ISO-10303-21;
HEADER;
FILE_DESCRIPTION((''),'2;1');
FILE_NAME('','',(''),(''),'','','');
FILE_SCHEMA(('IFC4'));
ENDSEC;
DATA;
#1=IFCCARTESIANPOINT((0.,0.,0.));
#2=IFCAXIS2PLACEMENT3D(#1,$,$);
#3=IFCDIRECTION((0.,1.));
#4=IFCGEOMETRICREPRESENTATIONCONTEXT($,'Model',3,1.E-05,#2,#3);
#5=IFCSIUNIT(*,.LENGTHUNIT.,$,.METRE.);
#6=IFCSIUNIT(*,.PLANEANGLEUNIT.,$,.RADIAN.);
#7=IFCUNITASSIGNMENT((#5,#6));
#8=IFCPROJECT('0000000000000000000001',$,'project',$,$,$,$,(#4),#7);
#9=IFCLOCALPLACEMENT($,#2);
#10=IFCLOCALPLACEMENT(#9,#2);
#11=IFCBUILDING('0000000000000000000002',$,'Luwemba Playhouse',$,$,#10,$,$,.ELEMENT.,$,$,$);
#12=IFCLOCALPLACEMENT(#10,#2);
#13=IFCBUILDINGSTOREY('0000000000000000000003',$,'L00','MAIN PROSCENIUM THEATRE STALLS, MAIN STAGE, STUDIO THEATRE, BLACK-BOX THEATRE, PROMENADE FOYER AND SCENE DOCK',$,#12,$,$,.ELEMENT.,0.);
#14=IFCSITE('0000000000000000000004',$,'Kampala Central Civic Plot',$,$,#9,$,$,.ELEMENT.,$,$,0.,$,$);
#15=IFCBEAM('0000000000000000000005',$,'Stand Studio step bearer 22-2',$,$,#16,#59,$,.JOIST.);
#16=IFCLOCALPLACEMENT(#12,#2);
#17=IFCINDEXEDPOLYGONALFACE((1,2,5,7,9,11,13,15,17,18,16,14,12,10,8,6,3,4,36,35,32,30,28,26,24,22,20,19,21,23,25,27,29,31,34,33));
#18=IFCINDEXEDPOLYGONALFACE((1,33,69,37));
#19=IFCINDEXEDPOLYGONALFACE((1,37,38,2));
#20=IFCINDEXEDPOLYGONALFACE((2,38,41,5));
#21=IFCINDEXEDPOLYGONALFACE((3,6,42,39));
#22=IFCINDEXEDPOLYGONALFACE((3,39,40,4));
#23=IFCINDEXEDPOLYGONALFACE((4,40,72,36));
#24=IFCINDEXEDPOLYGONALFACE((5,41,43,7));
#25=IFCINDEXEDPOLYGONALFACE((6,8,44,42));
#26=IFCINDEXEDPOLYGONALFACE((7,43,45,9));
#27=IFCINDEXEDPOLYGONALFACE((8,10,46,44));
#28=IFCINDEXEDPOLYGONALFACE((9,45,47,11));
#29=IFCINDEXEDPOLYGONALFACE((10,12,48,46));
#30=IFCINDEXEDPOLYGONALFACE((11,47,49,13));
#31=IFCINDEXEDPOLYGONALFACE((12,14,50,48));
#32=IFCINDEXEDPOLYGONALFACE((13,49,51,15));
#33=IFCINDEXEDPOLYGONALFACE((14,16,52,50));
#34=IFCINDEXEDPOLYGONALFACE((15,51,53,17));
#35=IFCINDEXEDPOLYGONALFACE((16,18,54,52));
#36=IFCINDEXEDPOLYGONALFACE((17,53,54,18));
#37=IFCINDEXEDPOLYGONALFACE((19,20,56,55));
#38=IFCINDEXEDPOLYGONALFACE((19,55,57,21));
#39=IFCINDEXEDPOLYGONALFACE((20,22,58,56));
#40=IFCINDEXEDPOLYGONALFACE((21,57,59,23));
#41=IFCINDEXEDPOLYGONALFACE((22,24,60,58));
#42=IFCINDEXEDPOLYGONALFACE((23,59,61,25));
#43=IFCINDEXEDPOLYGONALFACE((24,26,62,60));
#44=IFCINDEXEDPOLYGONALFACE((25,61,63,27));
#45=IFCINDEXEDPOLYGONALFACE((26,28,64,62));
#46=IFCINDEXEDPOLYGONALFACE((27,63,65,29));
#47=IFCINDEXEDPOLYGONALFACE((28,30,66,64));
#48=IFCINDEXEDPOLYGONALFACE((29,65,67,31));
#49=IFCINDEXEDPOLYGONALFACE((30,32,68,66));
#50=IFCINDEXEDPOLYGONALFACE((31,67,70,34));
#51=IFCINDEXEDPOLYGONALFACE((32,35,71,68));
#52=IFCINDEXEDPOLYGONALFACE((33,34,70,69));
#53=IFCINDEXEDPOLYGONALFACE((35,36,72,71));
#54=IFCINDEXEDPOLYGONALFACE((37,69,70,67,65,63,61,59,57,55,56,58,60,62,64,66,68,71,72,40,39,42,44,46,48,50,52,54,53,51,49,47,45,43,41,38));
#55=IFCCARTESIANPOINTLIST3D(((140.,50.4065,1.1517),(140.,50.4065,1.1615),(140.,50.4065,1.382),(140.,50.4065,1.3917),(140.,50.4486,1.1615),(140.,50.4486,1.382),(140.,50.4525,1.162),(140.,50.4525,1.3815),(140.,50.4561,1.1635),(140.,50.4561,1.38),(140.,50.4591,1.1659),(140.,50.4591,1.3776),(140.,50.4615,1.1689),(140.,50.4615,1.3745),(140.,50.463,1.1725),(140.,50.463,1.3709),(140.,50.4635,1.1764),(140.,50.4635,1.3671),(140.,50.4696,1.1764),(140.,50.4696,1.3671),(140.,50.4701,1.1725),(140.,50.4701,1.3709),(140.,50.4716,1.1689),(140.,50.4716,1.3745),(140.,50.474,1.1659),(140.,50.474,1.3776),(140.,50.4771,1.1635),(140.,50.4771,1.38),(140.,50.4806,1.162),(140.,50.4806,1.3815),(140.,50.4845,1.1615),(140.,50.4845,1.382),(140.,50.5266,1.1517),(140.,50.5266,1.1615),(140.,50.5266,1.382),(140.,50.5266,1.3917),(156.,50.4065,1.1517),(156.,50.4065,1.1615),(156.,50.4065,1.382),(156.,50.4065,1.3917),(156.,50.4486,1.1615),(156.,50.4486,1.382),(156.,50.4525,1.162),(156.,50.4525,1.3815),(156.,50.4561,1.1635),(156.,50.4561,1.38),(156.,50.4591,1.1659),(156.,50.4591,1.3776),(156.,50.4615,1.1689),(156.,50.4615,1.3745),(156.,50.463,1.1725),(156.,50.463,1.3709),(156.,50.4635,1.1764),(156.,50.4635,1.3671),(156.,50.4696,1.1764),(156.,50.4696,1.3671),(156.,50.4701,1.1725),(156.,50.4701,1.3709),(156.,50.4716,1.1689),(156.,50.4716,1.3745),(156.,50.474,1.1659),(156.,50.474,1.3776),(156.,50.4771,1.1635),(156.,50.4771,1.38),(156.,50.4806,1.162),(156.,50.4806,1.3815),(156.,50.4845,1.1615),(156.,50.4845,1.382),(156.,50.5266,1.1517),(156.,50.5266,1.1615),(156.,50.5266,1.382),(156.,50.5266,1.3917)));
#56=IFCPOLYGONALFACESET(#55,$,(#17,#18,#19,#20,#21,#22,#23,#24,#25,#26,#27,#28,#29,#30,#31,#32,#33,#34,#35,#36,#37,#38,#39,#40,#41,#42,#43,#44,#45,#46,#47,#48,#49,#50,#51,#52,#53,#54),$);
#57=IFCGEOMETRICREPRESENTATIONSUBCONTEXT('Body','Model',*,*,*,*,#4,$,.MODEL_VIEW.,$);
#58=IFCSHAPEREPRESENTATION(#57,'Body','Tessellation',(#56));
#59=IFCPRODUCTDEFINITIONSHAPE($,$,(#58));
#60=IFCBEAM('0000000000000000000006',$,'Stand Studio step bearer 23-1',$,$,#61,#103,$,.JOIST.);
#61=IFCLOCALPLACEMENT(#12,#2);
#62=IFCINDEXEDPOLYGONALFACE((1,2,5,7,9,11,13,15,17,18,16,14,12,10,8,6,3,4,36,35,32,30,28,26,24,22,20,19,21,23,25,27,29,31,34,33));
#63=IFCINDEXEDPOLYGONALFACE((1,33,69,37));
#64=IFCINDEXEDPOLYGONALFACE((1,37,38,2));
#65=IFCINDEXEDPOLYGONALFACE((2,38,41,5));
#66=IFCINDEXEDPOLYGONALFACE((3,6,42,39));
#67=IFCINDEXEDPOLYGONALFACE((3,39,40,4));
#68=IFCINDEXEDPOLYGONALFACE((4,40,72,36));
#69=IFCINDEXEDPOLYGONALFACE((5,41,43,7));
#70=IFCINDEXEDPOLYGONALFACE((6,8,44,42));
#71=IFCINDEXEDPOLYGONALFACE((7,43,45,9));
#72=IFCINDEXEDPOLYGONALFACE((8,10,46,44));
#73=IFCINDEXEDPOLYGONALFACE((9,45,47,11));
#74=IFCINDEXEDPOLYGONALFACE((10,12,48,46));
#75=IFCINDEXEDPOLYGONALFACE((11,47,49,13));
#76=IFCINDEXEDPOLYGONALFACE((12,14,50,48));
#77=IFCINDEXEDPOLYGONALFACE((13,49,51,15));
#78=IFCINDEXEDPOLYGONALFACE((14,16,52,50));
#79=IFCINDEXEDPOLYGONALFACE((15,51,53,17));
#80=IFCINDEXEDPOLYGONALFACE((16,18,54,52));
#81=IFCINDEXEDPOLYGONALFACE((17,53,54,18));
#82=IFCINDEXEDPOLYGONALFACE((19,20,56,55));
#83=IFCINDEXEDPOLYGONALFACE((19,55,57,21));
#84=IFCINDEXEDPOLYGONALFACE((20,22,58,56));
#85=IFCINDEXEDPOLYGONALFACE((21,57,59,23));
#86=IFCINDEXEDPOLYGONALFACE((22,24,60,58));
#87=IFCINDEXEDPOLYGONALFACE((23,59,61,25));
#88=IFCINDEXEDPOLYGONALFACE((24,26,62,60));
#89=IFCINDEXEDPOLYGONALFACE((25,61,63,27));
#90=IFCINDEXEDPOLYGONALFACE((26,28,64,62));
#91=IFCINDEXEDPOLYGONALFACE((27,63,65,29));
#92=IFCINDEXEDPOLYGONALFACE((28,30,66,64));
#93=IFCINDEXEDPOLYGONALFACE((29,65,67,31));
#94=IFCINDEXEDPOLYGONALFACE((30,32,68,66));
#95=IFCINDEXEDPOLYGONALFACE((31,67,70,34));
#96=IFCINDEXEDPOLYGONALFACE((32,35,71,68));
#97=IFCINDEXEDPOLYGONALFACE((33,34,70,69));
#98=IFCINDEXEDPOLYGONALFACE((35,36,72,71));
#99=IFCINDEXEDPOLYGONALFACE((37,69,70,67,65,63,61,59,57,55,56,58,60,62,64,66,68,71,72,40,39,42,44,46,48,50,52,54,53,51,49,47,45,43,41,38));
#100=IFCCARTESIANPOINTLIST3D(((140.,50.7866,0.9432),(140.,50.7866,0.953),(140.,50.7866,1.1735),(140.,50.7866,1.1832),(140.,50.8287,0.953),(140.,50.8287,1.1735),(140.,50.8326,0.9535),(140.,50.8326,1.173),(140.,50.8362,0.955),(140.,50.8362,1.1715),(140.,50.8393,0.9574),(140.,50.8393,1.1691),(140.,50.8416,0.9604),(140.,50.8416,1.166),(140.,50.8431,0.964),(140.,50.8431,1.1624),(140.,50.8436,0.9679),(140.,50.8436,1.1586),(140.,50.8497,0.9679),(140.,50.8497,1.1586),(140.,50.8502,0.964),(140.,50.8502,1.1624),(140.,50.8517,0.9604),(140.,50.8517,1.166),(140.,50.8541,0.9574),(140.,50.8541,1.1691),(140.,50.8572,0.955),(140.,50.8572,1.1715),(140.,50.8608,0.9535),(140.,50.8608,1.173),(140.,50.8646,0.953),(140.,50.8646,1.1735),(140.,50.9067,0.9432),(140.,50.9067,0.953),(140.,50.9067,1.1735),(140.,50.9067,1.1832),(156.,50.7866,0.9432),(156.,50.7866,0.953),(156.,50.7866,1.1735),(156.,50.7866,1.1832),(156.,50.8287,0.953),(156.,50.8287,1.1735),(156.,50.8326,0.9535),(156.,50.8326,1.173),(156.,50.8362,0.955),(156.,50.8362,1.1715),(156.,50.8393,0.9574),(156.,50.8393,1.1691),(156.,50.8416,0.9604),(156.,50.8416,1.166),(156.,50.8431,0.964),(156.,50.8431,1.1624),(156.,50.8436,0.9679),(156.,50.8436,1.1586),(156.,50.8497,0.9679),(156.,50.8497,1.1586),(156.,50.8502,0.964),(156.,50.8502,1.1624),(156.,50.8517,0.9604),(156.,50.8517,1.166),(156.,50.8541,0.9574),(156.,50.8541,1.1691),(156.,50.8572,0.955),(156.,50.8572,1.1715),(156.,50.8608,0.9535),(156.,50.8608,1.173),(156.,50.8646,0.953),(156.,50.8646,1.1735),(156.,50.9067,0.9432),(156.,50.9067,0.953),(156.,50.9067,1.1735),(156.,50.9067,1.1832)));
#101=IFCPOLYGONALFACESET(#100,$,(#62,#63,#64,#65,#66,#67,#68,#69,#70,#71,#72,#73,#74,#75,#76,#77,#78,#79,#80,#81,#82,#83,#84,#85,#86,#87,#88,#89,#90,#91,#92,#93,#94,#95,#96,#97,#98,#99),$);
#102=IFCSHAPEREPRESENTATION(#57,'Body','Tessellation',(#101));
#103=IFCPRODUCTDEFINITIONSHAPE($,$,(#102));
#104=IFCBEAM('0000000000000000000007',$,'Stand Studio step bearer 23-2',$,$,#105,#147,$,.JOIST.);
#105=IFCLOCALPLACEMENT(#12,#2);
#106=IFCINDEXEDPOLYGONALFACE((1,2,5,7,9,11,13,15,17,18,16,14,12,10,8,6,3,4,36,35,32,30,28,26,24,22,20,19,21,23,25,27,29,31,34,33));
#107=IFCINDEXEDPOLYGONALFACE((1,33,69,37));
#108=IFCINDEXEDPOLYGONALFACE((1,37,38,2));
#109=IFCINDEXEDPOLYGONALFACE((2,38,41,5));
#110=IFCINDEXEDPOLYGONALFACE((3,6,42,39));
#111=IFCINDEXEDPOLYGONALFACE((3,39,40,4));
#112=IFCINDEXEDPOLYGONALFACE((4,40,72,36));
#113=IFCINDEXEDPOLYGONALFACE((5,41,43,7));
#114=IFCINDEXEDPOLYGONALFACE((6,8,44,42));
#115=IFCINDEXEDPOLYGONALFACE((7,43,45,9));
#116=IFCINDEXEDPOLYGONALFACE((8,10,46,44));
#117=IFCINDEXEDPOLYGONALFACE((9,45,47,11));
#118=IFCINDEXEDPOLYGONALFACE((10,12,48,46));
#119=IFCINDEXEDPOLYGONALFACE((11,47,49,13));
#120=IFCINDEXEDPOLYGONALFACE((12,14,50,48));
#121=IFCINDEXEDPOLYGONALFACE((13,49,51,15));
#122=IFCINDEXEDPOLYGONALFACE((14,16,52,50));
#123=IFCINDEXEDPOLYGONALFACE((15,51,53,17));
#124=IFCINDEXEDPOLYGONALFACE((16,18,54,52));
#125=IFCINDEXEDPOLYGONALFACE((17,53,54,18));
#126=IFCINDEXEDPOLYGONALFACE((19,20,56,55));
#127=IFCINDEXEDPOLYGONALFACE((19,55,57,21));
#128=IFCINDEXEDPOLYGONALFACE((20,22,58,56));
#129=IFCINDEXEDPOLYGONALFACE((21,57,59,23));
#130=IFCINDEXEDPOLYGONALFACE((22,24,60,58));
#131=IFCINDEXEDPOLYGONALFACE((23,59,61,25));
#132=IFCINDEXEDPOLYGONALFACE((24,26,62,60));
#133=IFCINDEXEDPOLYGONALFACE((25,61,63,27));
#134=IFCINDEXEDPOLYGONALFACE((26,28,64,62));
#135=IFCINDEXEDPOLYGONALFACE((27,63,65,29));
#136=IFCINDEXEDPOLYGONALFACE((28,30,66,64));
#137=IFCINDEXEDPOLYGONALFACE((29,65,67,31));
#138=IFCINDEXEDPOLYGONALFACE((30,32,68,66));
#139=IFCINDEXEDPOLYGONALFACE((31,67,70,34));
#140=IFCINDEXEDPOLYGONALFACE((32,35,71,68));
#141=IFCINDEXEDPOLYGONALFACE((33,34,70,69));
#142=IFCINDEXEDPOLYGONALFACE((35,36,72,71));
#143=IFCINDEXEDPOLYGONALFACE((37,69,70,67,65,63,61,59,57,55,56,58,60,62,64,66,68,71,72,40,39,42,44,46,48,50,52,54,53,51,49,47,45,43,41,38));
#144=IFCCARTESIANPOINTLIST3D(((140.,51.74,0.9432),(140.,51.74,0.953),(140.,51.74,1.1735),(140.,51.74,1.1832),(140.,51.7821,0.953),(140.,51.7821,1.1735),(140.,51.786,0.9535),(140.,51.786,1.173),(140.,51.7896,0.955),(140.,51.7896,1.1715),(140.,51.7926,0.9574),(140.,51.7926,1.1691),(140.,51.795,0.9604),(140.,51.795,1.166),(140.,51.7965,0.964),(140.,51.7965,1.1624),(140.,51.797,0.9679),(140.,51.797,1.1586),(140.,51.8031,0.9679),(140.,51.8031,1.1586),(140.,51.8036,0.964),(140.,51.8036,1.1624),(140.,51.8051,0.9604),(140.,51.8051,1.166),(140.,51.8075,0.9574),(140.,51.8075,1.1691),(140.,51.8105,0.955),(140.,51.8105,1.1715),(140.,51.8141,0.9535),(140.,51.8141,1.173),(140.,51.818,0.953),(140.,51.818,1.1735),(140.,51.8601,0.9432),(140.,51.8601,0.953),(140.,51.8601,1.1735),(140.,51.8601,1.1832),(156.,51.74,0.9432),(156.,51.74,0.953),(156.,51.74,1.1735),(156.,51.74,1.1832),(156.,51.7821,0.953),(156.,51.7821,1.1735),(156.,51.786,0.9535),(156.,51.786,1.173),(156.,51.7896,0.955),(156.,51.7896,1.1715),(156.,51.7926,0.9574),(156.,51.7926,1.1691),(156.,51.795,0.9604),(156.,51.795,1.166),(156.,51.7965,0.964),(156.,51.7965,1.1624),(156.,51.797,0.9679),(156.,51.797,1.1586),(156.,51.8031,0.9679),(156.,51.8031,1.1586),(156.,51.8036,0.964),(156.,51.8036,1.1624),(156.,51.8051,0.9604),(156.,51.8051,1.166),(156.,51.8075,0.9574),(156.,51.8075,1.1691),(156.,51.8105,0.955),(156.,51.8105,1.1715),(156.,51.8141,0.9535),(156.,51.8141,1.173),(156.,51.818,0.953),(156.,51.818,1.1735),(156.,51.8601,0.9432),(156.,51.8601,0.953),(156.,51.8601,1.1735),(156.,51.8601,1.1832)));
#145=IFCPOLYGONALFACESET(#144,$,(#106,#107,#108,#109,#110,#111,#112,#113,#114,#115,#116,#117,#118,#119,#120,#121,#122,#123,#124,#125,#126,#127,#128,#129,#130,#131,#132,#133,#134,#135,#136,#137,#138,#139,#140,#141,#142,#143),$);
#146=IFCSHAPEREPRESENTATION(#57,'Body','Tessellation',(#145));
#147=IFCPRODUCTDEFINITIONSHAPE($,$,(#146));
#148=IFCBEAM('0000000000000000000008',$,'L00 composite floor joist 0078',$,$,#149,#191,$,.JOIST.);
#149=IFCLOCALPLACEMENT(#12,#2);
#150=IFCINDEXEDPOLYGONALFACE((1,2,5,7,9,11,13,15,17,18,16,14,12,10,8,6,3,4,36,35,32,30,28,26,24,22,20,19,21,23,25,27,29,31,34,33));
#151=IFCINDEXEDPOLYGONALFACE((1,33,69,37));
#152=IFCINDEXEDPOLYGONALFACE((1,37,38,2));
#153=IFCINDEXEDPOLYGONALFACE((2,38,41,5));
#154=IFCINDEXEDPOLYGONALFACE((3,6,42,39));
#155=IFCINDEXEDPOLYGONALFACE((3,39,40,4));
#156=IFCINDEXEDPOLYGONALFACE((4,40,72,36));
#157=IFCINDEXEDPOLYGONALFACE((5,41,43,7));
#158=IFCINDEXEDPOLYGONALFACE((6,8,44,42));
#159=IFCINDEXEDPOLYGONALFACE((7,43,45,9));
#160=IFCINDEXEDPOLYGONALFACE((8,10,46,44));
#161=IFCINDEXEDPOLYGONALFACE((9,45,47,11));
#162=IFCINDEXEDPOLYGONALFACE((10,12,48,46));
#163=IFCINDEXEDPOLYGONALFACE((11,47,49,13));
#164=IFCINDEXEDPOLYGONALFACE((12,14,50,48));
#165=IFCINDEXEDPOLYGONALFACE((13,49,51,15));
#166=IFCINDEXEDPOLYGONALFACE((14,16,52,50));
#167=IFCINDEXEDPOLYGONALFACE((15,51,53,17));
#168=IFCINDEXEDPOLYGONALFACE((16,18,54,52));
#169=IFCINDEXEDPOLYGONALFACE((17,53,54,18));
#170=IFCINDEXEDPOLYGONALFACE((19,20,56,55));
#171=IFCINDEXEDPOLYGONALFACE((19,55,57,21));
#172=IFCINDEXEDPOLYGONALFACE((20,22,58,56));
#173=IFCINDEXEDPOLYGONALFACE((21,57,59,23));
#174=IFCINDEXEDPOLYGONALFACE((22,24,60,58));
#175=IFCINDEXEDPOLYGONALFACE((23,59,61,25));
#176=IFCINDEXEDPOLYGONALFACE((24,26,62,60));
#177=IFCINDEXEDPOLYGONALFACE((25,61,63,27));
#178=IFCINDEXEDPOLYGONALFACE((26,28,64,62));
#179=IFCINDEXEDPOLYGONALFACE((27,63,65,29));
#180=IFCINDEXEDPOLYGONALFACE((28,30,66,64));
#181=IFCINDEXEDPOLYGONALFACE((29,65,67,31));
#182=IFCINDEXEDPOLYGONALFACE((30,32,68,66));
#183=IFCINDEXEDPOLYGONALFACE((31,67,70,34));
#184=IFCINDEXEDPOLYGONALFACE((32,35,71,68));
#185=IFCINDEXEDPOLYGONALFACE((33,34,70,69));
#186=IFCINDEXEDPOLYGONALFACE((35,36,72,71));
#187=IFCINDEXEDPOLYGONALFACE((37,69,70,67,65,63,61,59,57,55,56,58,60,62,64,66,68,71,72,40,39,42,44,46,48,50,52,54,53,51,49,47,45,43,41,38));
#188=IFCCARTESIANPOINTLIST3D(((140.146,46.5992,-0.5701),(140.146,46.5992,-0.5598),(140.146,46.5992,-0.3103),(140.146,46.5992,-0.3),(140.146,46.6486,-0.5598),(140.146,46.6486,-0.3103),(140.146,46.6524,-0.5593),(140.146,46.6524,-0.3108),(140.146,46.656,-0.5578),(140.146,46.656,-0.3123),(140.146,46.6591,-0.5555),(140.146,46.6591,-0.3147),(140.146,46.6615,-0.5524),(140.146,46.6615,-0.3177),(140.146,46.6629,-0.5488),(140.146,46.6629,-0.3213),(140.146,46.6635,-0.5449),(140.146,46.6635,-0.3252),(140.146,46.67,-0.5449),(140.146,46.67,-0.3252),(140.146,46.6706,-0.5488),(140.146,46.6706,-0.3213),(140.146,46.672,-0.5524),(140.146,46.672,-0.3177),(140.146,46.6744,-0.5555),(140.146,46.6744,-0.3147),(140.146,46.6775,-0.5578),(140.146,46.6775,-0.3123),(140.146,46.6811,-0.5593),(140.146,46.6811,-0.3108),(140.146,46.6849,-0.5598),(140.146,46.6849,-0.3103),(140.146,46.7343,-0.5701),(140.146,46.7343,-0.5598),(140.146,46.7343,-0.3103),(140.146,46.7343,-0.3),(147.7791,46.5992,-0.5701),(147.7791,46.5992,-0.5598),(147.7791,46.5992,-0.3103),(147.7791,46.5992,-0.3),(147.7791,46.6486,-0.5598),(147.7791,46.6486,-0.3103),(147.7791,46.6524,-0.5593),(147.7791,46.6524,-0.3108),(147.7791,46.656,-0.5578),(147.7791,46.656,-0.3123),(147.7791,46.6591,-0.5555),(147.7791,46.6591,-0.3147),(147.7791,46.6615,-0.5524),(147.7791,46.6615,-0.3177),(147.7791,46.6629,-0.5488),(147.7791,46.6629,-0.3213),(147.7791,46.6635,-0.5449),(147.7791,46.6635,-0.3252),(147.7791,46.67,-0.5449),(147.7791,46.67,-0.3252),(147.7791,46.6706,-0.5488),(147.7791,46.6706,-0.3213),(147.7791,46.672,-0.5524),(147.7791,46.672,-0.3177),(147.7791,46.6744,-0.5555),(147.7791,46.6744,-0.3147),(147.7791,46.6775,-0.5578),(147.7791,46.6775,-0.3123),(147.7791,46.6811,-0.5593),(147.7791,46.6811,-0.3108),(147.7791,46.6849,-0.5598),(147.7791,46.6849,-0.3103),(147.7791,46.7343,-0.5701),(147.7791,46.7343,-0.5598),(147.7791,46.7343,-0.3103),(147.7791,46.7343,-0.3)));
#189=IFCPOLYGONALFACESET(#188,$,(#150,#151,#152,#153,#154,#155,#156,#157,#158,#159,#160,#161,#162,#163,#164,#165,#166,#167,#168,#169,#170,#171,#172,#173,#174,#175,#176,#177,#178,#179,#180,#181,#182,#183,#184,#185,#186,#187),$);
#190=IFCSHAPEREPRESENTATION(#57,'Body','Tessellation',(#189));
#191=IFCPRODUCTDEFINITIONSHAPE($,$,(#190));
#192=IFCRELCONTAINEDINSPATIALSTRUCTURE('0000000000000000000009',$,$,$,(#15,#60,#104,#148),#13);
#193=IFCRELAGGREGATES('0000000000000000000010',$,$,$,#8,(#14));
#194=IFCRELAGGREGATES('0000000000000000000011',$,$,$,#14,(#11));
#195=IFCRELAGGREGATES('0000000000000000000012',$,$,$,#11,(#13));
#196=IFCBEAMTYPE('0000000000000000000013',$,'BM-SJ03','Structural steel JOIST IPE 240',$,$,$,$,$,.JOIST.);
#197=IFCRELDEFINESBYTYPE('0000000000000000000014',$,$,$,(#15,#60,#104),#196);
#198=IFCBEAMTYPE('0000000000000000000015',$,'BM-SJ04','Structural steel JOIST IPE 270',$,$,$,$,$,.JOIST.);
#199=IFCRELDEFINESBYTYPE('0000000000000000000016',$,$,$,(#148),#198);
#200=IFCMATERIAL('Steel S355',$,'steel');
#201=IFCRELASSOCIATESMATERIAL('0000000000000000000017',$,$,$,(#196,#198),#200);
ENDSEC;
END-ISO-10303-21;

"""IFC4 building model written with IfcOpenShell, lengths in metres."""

from ifc_helpers import new_model, si_unit, direction, frame, origin, origin_2d, place, context, subcontext, project, spatial, i_section, extrude, material, material_profile, profile_set, type_object, element, save


model = new_model("IFC4")

# Units and contexts
model_context = context("Model", 3, precision=1e-05, world=origin(), true_north=direction((0.0, 1.0)))
body_context = subcontext(model_context, "Body", "Model", "MODEL_VIEW")
ifc_project = project(units=[si_unit("LENGTHUNIT", "METRE"), si_unit("PLANEANGLEUNIT", "RADIAN")], contexts=[model_context])

# Site, building, storey
site_placement = place(None, origin())
site = spatial("IfcSite", under=ifc_project, at=site_placement, Name="Kampala Central Civic Plot", CompositionType="ELEMENT", RefElevation=0.0)
building_placement = place(site_placement, origin())
building = spatial("IfcBuilding", under=site, at=building_placement, Name="Luwemba Playhouse", CompositionType="ELEMENT")
storey_placement = place(building_placement, origin())
storey = spatial("IfcBuildingStorey", under=building, at=storey_placement, Name="L00", Description="MAIN PROSCENIUM THEATRE STALLS, MAIN STAGE, STUDIO THEATRE, BLACK-BOX THEATRE, PROMENADE FOYER AND SCENE DOCK", CompositionType="ELEMENT", Elevation=0.0)

# Beams
ifc_material_1 = material(Name="Steel S355", Category="steel")
ifc_material_profile_1 = material_profile(ifc_material_1, i_section(OverallWidth=0.1201, OverallDepth=0.24, WebThickness=0.0061, FlangeThickness=0.0098, FilletRadius=0.0149, at=origin_2d()))
ifc_profile_set_1 = profile_set([ifc_material_profile_1], Name="Steel S355")
beam_type_1 = type_object("IfcBeamType", Name="BM-SJ03", Description="Structural steel JOIST IPE 240", PredefinedType="JOIST", material=ifc_profile_set_1)
for number, where, z_axis, x_axis, name in (
    (1, (140.0, 50.4666, 1.2717), (1.0, 0.0, 0.0), (0.0, 1.0, 0.0), "Stand Studio step bearer 22-2"),
    (2, (140.0, 50.8467, 1.0632), (1.0, 0.0, 0.0), (0.0, 1.0, 0.0), "Stand Studio step bearer 23-1"),
    (3, (140.0, 51.8, 1.0632), (1.0, 0.0, 0.0), (0.0, 1.0, 0.0), "Stand Studio step bearer 23-2"),
):
    element("IfcBeam", number, at=place(storey_placement, frame(where, z_axis=z_axis, x_axis=x_axis)), inside=storey, type_object=beam_type_1, Name=name, PredefinedType="JOIST", context=body_context, shape_type="SweptSolid", body=[
        extrude(i_section(OverallWidth=0.1201, OverallDepth=0.24, WebThickness=0.0061, FlangeThickness=0.0098, FilletRadius=0.0149, at=origin_2d()), origin(), (0.0, 0.0, 1.0), 16.0),
    ])
ifc_material_profile_2 = material_profile(ifc_material_1, i_section(OverallWidth=0.135, OverallDepth=0.27, WebThickness=0.0066, FlangeThickness=0.0103, FilletRadius=0.0149, at=origin_2d()))
ifc_profile_set_2 = profile_set([ifc_material_profile_2], Name="Steel S355")
beam_type_2 = type_object("IfcBeamType", Name="BM-SJ04", Description="Structural steel JOIST IPE 270", PredefinedType="JOIST", material=ifc_profile_set_2)
beam_1_placement = place(storey_placement, frame((140.146, 46.6667, -0.4351), z_axis=(1.0, 0.0, 0.0), x_axis=(0.0, 1.0, 0.0)))
element("IfcBeam", 4, at=beam_1_placement, inside=storey, type_object=beam_type_2, Name="L00 composite floor joist 0078", PredefinedType="JOIST", context=body_context, shape_type="SweptSolid", body=[
    extrude(i_section(OverallWidth=0.135, OverallDepth=0.27, WebThickness=0.0066, FlangeThickness=0.0103, FilletRadius=0.0149, at=origin_2d()), origin(), (0.0, 0.0, 1.0), 7.6331),
])

save(model, "model.ifc")
